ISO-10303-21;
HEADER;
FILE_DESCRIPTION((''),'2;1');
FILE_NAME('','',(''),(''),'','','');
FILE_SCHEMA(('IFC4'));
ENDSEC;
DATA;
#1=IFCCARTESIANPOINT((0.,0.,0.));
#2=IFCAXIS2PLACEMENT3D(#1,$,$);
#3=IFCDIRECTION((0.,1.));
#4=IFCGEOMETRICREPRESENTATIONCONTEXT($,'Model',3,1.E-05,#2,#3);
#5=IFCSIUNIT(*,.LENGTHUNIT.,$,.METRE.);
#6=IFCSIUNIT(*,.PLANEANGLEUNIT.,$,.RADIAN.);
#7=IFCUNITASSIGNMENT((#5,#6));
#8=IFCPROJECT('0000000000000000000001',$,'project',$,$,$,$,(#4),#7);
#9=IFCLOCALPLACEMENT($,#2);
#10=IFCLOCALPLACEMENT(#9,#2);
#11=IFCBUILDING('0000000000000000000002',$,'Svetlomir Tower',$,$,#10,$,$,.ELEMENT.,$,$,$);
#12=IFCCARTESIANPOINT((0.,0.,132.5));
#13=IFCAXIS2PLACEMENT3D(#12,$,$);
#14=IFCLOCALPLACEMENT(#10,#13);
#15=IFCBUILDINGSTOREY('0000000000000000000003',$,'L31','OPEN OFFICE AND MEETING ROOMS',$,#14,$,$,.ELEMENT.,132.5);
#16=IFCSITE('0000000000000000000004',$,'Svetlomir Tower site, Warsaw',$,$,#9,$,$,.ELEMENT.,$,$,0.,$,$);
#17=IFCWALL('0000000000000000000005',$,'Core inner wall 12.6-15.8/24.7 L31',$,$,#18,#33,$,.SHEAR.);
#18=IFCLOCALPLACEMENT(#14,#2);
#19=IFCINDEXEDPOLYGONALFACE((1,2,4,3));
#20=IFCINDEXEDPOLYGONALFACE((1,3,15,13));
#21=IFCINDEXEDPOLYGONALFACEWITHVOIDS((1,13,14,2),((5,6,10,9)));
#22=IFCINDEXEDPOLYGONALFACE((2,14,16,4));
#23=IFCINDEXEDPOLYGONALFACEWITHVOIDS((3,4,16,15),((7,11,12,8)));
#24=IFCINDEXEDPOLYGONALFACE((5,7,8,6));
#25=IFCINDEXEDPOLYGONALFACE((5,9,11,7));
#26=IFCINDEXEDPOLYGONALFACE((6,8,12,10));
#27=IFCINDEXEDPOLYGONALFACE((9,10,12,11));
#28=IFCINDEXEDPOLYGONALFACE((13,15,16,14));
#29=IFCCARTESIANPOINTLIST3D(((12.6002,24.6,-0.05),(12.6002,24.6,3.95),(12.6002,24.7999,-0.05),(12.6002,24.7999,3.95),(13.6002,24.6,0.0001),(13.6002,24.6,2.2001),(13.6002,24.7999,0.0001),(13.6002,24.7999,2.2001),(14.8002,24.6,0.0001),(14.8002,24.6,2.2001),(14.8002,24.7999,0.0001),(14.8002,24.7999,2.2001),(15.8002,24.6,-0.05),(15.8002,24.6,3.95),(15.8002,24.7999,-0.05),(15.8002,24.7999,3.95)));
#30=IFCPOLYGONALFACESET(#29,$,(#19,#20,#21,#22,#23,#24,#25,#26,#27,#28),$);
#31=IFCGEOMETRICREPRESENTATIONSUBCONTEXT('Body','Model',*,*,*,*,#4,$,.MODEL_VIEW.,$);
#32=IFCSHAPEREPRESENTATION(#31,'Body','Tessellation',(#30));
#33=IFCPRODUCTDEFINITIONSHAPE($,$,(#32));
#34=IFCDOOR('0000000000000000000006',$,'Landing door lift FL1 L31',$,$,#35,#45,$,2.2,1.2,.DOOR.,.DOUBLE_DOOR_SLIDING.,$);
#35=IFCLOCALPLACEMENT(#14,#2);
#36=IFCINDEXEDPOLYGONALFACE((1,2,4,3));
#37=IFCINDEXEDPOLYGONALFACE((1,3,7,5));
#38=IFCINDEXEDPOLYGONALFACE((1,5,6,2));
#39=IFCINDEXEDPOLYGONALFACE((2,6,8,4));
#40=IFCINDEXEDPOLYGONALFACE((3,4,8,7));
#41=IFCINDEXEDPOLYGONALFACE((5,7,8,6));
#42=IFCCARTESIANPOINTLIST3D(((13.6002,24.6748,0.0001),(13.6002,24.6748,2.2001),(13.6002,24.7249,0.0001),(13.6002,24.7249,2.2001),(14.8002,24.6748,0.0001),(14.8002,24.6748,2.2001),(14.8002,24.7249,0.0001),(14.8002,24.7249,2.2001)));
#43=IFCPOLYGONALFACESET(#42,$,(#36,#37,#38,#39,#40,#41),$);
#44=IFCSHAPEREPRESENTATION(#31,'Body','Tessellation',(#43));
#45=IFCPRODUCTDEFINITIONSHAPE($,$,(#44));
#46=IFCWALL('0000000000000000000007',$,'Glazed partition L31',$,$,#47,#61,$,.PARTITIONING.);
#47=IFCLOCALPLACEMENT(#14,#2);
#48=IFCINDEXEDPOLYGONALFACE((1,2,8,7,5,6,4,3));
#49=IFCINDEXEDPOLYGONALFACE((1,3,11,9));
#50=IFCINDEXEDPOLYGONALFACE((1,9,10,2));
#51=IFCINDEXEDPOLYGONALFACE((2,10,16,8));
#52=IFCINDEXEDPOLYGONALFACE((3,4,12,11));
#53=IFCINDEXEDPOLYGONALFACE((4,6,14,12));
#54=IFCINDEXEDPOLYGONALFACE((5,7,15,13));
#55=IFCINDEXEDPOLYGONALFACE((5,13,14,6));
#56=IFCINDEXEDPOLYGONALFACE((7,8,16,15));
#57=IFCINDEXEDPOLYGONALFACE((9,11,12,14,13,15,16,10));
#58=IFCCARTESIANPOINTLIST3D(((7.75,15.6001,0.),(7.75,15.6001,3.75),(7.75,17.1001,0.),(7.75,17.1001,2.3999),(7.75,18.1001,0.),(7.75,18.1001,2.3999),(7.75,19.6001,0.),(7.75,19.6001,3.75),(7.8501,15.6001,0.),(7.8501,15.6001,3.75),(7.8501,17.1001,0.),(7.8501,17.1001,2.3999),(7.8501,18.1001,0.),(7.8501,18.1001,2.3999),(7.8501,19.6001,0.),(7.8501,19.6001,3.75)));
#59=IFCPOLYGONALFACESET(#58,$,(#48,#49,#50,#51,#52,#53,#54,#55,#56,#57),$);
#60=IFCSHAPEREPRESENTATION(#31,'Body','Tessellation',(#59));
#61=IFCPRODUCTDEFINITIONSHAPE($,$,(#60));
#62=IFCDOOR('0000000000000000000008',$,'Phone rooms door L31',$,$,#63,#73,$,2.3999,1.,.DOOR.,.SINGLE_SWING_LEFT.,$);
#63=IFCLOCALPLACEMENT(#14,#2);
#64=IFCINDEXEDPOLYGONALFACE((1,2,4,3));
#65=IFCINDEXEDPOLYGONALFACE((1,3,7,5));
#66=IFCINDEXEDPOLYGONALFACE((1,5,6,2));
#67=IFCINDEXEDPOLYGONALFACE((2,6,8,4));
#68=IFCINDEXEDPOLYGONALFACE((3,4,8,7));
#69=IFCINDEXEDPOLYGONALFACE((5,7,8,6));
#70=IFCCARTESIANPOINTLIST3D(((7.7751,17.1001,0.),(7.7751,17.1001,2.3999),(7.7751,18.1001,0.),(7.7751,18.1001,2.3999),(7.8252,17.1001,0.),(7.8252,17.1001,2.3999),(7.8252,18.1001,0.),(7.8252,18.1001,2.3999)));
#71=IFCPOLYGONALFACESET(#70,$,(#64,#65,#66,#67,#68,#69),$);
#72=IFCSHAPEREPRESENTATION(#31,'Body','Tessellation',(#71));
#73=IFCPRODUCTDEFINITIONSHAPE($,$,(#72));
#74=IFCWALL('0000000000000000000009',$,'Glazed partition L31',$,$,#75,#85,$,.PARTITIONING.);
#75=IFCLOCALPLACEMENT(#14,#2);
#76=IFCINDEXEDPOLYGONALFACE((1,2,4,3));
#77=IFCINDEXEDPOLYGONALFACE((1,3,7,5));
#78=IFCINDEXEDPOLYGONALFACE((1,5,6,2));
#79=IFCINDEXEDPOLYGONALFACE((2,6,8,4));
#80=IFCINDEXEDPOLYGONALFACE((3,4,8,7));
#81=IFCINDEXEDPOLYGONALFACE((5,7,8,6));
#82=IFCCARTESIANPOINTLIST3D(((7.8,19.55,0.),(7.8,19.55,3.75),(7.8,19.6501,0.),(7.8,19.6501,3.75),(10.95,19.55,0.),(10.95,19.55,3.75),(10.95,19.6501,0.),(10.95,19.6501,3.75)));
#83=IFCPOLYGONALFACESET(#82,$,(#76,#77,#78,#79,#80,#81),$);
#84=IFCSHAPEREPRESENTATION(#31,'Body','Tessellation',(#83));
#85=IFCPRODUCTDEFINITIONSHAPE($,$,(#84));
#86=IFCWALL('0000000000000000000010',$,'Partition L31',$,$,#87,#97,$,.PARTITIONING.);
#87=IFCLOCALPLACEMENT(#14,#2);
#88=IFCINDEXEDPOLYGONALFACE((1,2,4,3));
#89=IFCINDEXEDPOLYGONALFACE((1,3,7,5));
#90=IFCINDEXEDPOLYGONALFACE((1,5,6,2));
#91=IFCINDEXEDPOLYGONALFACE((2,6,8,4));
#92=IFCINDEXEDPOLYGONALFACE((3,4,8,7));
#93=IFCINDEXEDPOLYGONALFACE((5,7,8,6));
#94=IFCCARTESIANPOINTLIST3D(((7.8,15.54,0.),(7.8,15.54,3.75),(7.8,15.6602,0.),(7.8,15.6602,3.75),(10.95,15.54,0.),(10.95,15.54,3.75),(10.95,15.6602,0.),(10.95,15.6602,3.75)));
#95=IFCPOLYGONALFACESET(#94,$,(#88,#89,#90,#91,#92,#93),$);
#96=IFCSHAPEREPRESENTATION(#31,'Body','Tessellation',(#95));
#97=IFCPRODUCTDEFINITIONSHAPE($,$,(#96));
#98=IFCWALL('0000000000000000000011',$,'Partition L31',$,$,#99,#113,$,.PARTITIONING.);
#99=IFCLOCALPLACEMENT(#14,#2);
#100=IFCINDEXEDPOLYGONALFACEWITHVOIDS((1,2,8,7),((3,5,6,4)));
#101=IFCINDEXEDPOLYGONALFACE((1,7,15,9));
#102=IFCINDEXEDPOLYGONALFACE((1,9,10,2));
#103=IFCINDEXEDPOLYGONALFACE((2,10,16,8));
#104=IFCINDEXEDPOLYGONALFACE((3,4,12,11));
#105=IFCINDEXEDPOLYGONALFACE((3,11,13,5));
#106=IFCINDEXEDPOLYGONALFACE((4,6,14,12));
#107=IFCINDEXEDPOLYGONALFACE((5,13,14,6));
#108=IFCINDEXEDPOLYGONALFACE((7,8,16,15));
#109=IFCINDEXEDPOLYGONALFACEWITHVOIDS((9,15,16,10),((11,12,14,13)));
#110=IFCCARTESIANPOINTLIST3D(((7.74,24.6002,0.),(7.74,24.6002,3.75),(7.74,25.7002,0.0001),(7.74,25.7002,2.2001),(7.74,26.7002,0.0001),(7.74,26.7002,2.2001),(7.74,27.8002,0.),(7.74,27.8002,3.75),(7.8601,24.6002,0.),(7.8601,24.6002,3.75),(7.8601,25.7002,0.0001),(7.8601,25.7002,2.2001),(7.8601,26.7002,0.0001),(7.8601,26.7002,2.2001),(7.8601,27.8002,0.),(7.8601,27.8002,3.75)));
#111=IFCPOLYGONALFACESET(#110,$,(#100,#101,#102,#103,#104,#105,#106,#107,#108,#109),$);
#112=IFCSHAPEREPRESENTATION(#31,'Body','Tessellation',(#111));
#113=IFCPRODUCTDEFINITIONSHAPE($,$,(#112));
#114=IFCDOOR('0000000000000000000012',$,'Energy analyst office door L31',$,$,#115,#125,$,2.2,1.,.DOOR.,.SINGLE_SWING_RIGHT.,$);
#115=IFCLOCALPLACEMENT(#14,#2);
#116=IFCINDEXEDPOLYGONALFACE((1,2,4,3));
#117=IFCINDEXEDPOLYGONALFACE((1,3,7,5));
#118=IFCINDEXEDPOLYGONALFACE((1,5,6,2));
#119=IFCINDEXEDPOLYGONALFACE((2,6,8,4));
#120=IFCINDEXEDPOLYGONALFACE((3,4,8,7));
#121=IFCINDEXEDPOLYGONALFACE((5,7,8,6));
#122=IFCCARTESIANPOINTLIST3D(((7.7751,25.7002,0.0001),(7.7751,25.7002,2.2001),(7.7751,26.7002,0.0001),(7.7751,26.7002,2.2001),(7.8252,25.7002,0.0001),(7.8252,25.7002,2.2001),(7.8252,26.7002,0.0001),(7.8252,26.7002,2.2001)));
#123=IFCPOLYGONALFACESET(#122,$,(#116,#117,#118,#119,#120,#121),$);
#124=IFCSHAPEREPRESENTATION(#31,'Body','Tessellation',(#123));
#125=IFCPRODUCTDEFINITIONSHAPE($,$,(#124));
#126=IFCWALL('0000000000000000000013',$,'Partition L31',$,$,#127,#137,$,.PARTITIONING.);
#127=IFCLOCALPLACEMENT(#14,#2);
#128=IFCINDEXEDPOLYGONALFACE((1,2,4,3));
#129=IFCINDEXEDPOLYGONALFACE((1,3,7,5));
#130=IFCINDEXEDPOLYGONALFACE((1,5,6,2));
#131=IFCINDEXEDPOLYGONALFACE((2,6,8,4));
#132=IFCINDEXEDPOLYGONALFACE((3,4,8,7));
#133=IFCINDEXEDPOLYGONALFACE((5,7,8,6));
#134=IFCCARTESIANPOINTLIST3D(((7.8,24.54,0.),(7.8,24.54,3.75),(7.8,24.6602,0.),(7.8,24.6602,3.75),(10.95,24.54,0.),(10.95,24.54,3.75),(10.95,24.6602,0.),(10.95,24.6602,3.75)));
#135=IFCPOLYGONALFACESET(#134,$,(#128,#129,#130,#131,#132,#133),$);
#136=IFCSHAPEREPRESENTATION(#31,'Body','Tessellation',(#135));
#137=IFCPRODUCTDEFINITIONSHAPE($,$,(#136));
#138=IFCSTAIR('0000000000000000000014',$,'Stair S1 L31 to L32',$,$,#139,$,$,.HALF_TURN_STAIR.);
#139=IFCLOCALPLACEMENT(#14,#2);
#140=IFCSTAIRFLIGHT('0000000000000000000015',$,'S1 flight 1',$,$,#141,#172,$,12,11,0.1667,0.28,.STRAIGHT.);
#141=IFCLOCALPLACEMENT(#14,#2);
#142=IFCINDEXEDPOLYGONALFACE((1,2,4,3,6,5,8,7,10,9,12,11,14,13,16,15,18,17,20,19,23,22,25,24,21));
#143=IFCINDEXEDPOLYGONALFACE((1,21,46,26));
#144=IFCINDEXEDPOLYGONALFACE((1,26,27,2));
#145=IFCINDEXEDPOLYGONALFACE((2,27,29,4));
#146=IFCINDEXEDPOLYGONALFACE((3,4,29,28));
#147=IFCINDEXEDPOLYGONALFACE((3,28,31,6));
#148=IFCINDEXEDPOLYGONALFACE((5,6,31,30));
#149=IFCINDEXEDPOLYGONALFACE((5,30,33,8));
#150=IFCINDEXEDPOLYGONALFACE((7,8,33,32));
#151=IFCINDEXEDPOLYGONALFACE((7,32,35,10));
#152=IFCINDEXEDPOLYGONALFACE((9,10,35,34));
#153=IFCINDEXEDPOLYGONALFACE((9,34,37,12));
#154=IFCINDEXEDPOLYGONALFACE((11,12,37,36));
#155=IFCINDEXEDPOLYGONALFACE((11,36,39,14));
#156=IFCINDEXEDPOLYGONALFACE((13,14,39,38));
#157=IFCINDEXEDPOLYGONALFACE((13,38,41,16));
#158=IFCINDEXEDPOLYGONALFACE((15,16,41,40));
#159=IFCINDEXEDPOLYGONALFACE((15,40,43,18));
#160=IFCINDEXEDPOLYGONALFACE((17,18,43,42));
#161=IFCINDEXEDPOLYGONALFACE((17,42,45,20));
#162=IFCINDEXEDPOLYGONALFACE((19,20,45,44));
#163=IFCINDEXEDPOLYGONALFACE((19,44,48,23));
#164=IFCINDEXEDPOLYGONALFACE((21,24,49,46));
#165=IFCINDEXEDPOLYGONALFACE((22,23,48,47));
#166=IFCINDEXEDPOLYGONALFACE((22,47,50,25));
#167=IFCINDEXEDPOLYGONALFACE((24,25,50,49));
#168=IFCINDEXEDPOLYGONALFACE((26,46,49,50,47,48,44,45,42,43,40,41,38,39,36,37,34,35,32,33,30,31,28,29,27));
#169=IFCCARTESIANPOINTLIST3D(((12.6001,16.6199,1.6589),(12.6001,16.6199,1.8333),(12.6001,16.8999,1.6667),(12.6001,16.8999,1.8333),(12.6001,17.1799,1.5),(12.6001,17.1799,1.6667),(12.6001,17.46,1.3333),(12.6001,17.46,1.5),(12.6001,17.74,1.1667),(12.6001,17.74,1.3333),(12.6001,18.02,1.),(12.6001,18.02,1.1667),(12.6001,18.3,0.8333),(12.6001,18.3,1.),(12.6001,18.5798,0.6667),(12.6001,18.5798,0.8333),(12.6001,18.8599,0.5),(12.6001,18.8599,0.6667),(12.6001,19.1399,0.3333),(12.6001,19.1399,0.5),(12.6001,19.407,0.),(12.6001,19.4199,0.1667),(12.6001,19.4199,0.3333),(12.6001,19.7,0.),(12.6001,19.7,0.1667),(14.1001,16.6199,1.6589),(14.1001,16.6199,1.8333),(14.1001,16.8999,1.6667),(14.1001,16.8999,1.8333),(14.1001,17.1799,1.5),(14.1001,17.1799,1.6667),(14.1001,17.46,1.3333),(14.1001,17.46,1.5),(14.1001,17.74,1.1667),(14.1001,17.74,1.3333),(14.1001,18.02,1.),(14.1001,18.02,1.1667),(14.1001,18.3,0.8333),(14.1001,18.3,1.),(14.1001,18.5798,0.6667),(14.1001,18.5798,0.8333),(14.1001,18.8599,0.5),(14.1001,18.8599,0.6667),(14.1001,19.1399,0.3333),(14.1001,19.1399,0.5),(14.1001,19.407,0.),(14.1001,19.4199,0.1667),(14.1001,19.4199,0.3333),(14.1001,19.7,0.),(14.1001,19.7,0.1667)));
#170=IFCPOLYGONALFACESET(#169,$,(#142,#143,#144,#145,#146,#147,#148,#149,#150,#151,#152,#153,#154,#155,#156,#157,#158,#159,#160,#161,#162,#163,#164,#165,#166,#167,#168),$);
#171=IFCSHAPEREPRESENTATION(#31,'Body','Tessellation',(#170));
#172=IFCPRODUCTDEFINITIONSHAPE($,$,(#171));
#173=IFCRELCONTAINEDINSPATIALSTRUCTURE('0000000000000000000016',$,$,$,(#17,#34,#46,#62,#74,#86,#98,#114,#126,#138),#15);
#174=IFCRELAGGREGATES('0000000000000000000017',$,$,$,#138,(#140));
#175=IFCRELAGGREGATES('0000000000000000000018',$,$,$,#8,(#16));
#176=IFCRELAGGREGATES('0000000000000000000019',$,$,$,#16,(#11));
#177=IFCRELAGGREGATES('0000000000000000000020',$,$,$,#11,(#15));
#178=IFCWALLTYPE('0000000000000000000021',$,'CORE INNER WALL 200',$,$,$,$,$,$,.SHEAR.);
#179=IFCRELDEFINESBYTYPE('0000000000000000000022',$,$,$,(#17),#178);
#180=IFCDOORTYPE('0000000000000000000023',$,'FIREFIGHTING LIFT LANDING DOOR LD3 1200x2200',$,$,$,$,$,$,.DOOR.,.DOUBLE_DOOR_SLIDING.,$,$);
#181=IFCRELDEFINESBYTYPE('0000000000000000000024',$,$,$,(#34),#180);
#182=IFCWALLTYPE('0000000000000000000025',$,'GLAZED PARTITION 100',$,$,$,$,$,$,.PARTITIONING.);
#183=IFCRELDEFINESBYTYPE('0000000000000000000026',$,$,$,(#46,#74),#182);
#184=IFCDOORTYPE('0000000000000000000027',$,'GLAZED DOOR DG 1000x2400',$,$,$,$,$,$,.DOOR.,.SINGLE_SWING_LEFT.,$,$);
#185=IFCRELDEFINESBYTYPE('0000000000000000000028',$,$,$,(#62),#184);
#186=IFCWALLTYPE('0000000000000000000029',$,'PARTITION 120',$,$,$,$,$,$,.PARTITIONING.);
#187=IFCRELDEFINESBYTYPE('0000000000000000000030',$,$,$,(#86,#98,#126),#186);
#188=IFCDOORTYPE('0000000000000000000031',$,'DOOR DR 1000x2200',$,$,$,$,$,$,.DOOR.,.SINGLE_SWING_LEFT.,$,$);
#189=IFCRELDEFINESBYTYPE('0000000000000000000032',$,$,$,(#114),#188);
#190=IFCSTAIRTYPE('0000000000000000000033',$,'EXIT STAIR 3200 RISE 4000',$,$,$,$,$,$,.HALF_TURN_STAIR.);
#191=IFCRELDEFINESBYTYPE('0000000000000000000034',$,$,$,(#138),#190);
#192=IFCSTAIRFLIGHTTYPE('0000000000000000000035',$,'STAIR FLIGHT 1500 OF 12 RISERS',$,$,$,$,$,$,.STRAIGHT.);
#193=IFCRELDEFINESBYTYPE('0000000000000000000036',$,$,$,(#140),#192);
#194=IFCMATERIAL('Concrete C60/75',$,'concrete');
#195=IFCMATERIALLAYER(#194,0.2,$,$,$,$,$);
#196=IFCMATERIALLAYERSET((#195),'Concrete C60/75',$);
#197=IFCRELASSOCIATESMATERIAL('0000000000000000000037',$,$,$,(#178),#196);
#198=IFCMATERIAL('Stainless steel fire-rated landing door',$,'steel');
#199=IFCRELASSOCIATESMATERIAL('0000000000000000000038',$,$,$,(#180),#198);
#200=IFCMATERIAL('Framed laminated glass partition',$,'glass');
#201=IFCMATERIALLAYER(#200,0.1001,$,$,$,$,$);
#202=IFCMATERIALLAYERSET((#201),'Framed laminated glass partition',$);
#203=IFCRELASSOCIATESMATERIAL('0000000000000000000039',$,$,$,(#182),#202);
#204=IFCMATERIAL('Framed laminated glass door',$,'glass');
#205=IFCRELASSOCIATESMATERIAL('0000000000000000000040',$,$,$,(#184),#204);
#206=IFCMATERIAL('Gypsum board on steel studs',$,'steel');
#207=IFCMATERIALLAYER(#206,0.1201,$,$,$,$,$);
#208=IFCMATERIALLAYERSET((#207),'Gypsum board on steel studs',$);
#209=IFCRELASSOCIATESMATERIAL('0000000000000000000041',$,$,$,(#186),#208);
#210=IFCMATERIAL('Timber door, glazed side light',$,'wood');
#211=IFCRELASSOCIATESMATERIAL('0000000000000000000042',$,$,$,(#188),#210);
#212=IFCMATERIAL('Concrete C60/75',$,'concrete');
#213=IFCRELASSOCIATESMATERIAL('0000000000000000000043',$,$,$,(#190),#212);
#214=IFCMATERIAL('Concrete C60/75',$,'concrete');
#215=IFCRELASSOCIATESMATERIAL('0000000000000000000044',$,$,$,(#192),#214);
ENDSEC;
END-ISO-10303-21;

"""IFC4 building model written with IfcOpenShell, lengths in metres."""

from ifc_helpers import new_model, si_unit, direction, frame, frame_2d, origin, place, context, subcontext, project, spatial, polyline, rectangle, outline, extrude, material, layer, layer_set, type_object, element, fill, aggregate, save


model = new_model("IFC4")

# Units and contexts
model_context = context("Model", 3, precision=1e-05, world=origin(), true_north=direction((0.0, 1.0)))
body_context = subcontext(model_context, "Body", "Model", "MODEL_VIEW")
ifc_project = project(units=[si_unit("LENGTHUNIT", "METRE"), si_unit("PLANEANGLEUNIT", "RADIAN")], contexts=[model_context])

# Site, building, storey
site_placement = place(None, origin())
site = spatial("IfcSite", under=ifc_project, at=site_placement, Name="Svetlomir Tower site, Warsaw", CompositionType="ELEMENT", RefElevation=0.0)
building_placement = place(site_placement, origin())
building = spatial("IfcBuilding", under=site, at=building_placement, Name="Svetlomir Tower", CompositionType="ELEMENT")
storey_placement = place(building_placement, frame((0.0, 0.0, 132.5)))
storey = spatial("IfcBuildingStorey", under=building, at=storey_placement, Name="L31", Description="OPEN OFFICE AND MEETING ROOMS", CompositionType="ELEMENT", Elevation=132.5)

# Walls, openings, doors
ifc_material_1 = material(Name="Concrete C60/75", Category="concrete")
ifc_layer_1 = layer(ifc_material_1, 0.2)
ifc_layer_set_1 = layer_set([ifc_layer_1], Name="Concrete C60/75")
wall_type_1 = type_object("IfcWallType", Name="CORE INNER WALL 200", PredefinedType="SHEAR", material=ifc_layer_set_1)
wall_1_placement = place(storey_placement, frame((12.6001, 24.7, -0.05), z_axis=(0.0, 0.0, 1.0), x_axis=(1.0, 0.0, 0.0)))
wall_1 = element("IfcWall", 1, at=wall_1_placement, inside=storey, type_object=wall_type_1, Name="Core inner wall 12.6-15.8/24.7 L31", PredefinedType="SHEAR", context=body_context, shape_type="SweptSolid", body=[
    extrude(rectangle(XDim=3.2, YDim=0.2, at=frame_2d((1.6001, 0.0))), origin(), (0.0, 0.0, 1.0), 4.0),
])
opening_1_placement = place(wall_1_placement, frame((1.0, 0.0, 0.05)))
opening_1 = element("IfcOpeningElement", 2, at=opening_1_placement, cuts=wall_1, PredefinedType="OPENING", context=body_context, shape_type="SweptSolid", body=[
    extrude(rectangle(XDim=1.2, YDim=2.2, at=frame_2d((0.6001, 1.1001))), frame((0.0, 0.1099, 0.0), z_axis=(0.0, -1.0, 0.0), x_axis=(1.0, 0.0, 0.0)), (0.0, 0.0, 1.0), 0.22),
])
ifc_material_2 = material(Name="Stainless steel fire-rated landing door", Category="steel")
door_type_1 = type_object("IfcDoorType", Name="FIREFIGHTING LIFT LANDING DOOR LD3 1200x2200", OperationType="DOUBLE_DOOR_SLIDING", PredefinedType="DOOR", material=ifc_material_2)
door_1_placement = place(opening_1_placement, origin())
door_1 = element("IfcDoor", 3, at=door_1_placement, inside=storey, type_object=door_type_1, Name="Landing door lift FL1 L31", OperationType="DOUBLE_DOOR_SLIDING", OverallHeight=2.2, OverallWidth=1.2, PredefinedType="DOOR", context=body_context, shape_type="SweptSolid", body=[
    extrude(rectangle(XDim=1.2, YDim=2.2, at=frame_2d((0.6001, 1.1001))), frame((0.0, 0.0249, 0.0), z_axis=(0.0, -1.0, 0.0), x_axis=(1.0, 0.0, 0.0)), (0.0, 0.0, 1.0), 0.05),
])
fill(opening_1, door_1)
ifc_material_3 = material(Name="Framed laminated glass partition", Category="glass")
ifc_layer_2 = layer(ifc_material_3, 0.1001)
ifc_layer_set_2 = layer_set([ifc_layer_2], Name="Framed laminated glass partition")
wall_type_2 = type_object("IfcWallType", Name="GLAZED PARTITION 100", PredefinedType="PARTITIONING", material=ifc_layer_set_2)
wall_2_placement = place(storey_placement, frame((7.8, 15.6001, 0.0), z_axis=(0.0, 0.0, 1.0), x_axis=(0.0, 1.0, 0.0)))
wall_2 = element("IfcWall", 4, at=wall_2_placement, inside=storey, type_object=wall_type_2, Name="Glazed partition L31", PredefinedType="PARTITIONING", context=body_context, shape_type="SweptSolid", body=[
    extrude(rectangle(XDim=4.0, YDim=0.1001, at=frame_2d((2.0, 0.0))), origin(), (0.0, 0.0, 1.0), 3.75),
])
opening_2_placement = place(wall_2_placement, frame((1.5, 0.0, 0.0)))
opening_2 = element("IfcOpeningElement", 5, at=opening_2_placement, cuts=wall_2, PredefinedType="OPENING", context=body_context, shape_type="SweptSolid", body=[
    extrude(rectangle(XDim=1.0, YDim=2.3999, at=frame_2d((0.5, 1.2))), frame((0.0, 0.0601, 0.0), z_axis=(0.0, -1.0, 0.0), x_axis=(1.0, 0.0, 0.0)), (0.0, 0.0, 1.0), 0.1201),
])
ifc_material_4 = material(Name="Framed laminated glass door", Category="glass")
door_type_2 = type_object("IfcDoorType", Name="GLAZED DOOR DG 1000x2400", OperationType="SINGLE_SWING_LEFT", PredefinedType="DOOR", material=ifc_material_4)
door_2_placement = place(opening_2_placement, origin())
door_2 = element("IfcDoor", 6, at=door_2_placement, inside=storey, type_object=door_type_2, Name="Phone rooms door L31", OperationType="SINGLE_SWING_LEFT", OverallHeight=2.3999, OverallWidth=1.0, PredefinedType="DOOR", context=body_context, shape_type="SweptSolid", body=[
    extrude(rectangle(XDim=1.0, YDim=2.3999, at=frame_2d((0.5, 1.2))), frame((0.0, 0.0249, 0.0), z_axis=(0.0, -1.0, 0.0), x_axis=(1.0, 0.0, 0.0)), (0.0, 0.0, 1.0), 0.05),
])
fill(opening_2, door_2)

# Walls
wall_3_placement = place(storey_placement, frame((7.8, 19.6001, 0.0), z_axis=(0.0, 0.0, 1.0), x_axis=(1.0, 0.0, 0.0)))
element("IfcWall", 7, at=wall_3_placement, inside=storey, type_object=wall_type_2, Name="Glazed partition L31", PredefinedType="PARTITIONING", context=body_context, shape_type="SweptSolid", body=[
    extrude(rectangle(XDim=3.1499, YDim=0.1001, at=frame_2d((1.575, 0.0))), origin(), (0.0, 0.0, 1.0), 3.75),
])
ifc_material_5 = material(Name="Gypsum board on steel studs", Category="steel")
ifc_layer_3 = layer(ifc_material_5, 0.1201)
ifc_layer_set_3 = layer_set([ifc_layer_3], Name="Gypsum board on steel studs")
wall_type_3 = type_object("IfcWallType", Name="PARTITION 120", PredefinedType="PARTITIONING", material=ifc_layer_set_3)
wall_4_placement = place(storey_placement, frame((7.8, 15.6001, 0.0), z_axis=(0.0, 0.0, 1.0), x_axis=(1.0, 0.0, 0.0)))
element("IfcWall", 8, at=wall_4_placement, inside=storey, type_object=wall_type_3, Name="Partition L31", PredefinedType="PARTITIONING", context=body_context, shape_type="SweptSolid", body=[
    extrude(rectangle(XDim=3.1499, YDim=0.1201, at=frame_2d((1.575, 0.0))), origin(), (0.0, 0.0, 1.0), 3.75),
])

# Wall, opening, door
wall_5_placement = place(storey_placement, frame((7.8, 24.6001, 0.0), z_axis=(0.0, 0.0, 1.0), x_axis=(0.0, 1.0, 0.0)))
wall_5 = element("IfcWall", 9, at=wall_5_placement, inside=storey, type_object=wall_type_3, Name="Partition L31", PredefinedType="PARTITIONING", context=body_context, shape_type="SweptSolid", body=[
    extrude(rectangle(XDim=3.2, YDim=0.1201, at=frame_2d((1.6001, 0.0))), origin(), (0.0, 0.0, 1.0), 3.75),
])
opening_3_placement = place(wall_5_placement, frame((1.1001, 0.0, 0.0)))
opening_3 = element("IfcOpeningElement", 10, at=opening_3_placement, cuts=wall_5, PredefinedType="OPENING", context=body_context, shape_type="SweptSolid", body=[
    extrude(rectangle(XDim=1.0, YDim=2.2, at=frame_2d((0.5, 1.1001))), frame((0.0, 0.0701, 0.0), z_axis=(0.0, -1.0, 0.0), x_axis=(1.0, 0.0, 0.0)), (0.0, 0.0, 1.0), 0.1401),
])
ifc_material_6 = material(Name="Timber door, glazed side light", Category="wood")
door_type_3 = type_object("IfcDoorType", Name="DOOR DR 1000x2200", OperationType="SINGLE_SWING_LEFT", PredefinedType="DOOR", material=ifc_material_6)
door_3_placement = place(opening_3_placement, origin())
door_3 = element("IfcDoor", 11, at=door_3_placement, inside=storey, type_object=door_type_3, Name="Energy analyst office door L31", OperationType="SINGLE_SWING_RIGHT", OverallHeight=2.2, OverallWidth=1.0, PredefinedType="DOOR", context=body_context, shape_type="SweptSolid", body=[
    extrude(rectangle(XDim=1.0, YDim=2.2, at=frame_2d((0.5, 1.1001))), frame((0.0, 0.0249, 0.0), z_axis=(0.0, -1.0, 0.0), x_axis=(1.0, 0.0, 0.0)), (0.0, 0.0, 1.0), 0.05),
])
fill(opening_3, door_3)

# Wall
wall_6_placement = place(storey_placement, frame((7.8, 24.6001, 0.0), z_axis=(0.0, 0.0, 1.0), x_axis=(1.0, 0.0, 0.0)))
element("IfcWall", 12, at=wall_6_placement, inside=storey, type_object=wall_type_3, Name="Partition L31", PredefinedType="PARTITIONING", context=body_context, shape_type="SweptSolid", body=[
    extrude(rectangle(XDim=3.1499, YDim=0.1201, at=frame_2d((1.575, 0.0))), origin(), (0.0, 0.0, 1.0), 3.75),
])

# Stair, stair flight
ifc_material_7 = material(Name="Concrete C60/75", Category="concrete")
stair_type = type_object("IfcStairType", Name="EXIT STAIR 3200 RISE 4000", PredefinedType="HALF_TURN_STAIR", material=ifc_material_7)
stair_placement = place(storey_placement, origin())
stair = element("IfcStair", 13, at=stair_placement, inside=storey, type_object=stair_type, Name="Stair S1 L31 to L32", PredefinedType="HALF_TURN_STAIR")
ifc_material_8 = material(Name="Concrete C60/75", Category="concrete")
stair_flight_type = type_object("IfcStairFlightType", Name="STAIR FLIGHT 1500 OF 12 RISERS", PredefinedType="STRAIGHT", material=ifc_material_8)
stair_flight_placement = place(storey_placement, frame((13.3501, 19.7, 0.0), z_axis=(0.0, 0.0, 1.0), x_axis=(0.0, -1.0, 0.0)))
stair_flight = element("IfcStairFlight", 14, at=stair_flight_placement, type_object=stair_flight_type, Name="S1 flight 1", NumberOfRisers=12, NumberOfTreads=11, PredefinedType="STRAIGHT", RiserHeight=0.1667, TreadLength=0.28, context=body_context, shape_type="SweptSolid", body=[
    extrude(outline(polyline([(0.0, 0.0), (0.0, 0.1667), (0.28, 0.1667), (0.28, 0.3333), (0.5601, 0.3333), (0.5601, 0.5), (0.8401, 0.5), (0.8401, 0.6667), (1.1201, 0.6667), (1.1201, 0.8333), (1.3999, 0.8333), (1.3999, 1.0), (1.6799, 1.0), (1.6799, 1.1667), (1.96, 1.1667), (1.96, 1.3333), (2.24, 1.3333), (2.24, 1.5), (2.52, 1.5), (2.52, 1.6667), (2.8, 1.6667), (2.8, 1.8333), (3.0801, 1.8333), (3.0801, 2.0), (3.0801, 1.6589), (0.293, 0.0), (0.0, 0.0)])), frame((0.0, 0.75, 0.0), z_axis=(0.0, -1.0, 0.0), x_axis=(1.0, 0.0, 0.0)), (0.0, 0.0, 1.0), 1.5),
])
aggregate(stair, [stair_flight])

save(model, "model.ifc")
